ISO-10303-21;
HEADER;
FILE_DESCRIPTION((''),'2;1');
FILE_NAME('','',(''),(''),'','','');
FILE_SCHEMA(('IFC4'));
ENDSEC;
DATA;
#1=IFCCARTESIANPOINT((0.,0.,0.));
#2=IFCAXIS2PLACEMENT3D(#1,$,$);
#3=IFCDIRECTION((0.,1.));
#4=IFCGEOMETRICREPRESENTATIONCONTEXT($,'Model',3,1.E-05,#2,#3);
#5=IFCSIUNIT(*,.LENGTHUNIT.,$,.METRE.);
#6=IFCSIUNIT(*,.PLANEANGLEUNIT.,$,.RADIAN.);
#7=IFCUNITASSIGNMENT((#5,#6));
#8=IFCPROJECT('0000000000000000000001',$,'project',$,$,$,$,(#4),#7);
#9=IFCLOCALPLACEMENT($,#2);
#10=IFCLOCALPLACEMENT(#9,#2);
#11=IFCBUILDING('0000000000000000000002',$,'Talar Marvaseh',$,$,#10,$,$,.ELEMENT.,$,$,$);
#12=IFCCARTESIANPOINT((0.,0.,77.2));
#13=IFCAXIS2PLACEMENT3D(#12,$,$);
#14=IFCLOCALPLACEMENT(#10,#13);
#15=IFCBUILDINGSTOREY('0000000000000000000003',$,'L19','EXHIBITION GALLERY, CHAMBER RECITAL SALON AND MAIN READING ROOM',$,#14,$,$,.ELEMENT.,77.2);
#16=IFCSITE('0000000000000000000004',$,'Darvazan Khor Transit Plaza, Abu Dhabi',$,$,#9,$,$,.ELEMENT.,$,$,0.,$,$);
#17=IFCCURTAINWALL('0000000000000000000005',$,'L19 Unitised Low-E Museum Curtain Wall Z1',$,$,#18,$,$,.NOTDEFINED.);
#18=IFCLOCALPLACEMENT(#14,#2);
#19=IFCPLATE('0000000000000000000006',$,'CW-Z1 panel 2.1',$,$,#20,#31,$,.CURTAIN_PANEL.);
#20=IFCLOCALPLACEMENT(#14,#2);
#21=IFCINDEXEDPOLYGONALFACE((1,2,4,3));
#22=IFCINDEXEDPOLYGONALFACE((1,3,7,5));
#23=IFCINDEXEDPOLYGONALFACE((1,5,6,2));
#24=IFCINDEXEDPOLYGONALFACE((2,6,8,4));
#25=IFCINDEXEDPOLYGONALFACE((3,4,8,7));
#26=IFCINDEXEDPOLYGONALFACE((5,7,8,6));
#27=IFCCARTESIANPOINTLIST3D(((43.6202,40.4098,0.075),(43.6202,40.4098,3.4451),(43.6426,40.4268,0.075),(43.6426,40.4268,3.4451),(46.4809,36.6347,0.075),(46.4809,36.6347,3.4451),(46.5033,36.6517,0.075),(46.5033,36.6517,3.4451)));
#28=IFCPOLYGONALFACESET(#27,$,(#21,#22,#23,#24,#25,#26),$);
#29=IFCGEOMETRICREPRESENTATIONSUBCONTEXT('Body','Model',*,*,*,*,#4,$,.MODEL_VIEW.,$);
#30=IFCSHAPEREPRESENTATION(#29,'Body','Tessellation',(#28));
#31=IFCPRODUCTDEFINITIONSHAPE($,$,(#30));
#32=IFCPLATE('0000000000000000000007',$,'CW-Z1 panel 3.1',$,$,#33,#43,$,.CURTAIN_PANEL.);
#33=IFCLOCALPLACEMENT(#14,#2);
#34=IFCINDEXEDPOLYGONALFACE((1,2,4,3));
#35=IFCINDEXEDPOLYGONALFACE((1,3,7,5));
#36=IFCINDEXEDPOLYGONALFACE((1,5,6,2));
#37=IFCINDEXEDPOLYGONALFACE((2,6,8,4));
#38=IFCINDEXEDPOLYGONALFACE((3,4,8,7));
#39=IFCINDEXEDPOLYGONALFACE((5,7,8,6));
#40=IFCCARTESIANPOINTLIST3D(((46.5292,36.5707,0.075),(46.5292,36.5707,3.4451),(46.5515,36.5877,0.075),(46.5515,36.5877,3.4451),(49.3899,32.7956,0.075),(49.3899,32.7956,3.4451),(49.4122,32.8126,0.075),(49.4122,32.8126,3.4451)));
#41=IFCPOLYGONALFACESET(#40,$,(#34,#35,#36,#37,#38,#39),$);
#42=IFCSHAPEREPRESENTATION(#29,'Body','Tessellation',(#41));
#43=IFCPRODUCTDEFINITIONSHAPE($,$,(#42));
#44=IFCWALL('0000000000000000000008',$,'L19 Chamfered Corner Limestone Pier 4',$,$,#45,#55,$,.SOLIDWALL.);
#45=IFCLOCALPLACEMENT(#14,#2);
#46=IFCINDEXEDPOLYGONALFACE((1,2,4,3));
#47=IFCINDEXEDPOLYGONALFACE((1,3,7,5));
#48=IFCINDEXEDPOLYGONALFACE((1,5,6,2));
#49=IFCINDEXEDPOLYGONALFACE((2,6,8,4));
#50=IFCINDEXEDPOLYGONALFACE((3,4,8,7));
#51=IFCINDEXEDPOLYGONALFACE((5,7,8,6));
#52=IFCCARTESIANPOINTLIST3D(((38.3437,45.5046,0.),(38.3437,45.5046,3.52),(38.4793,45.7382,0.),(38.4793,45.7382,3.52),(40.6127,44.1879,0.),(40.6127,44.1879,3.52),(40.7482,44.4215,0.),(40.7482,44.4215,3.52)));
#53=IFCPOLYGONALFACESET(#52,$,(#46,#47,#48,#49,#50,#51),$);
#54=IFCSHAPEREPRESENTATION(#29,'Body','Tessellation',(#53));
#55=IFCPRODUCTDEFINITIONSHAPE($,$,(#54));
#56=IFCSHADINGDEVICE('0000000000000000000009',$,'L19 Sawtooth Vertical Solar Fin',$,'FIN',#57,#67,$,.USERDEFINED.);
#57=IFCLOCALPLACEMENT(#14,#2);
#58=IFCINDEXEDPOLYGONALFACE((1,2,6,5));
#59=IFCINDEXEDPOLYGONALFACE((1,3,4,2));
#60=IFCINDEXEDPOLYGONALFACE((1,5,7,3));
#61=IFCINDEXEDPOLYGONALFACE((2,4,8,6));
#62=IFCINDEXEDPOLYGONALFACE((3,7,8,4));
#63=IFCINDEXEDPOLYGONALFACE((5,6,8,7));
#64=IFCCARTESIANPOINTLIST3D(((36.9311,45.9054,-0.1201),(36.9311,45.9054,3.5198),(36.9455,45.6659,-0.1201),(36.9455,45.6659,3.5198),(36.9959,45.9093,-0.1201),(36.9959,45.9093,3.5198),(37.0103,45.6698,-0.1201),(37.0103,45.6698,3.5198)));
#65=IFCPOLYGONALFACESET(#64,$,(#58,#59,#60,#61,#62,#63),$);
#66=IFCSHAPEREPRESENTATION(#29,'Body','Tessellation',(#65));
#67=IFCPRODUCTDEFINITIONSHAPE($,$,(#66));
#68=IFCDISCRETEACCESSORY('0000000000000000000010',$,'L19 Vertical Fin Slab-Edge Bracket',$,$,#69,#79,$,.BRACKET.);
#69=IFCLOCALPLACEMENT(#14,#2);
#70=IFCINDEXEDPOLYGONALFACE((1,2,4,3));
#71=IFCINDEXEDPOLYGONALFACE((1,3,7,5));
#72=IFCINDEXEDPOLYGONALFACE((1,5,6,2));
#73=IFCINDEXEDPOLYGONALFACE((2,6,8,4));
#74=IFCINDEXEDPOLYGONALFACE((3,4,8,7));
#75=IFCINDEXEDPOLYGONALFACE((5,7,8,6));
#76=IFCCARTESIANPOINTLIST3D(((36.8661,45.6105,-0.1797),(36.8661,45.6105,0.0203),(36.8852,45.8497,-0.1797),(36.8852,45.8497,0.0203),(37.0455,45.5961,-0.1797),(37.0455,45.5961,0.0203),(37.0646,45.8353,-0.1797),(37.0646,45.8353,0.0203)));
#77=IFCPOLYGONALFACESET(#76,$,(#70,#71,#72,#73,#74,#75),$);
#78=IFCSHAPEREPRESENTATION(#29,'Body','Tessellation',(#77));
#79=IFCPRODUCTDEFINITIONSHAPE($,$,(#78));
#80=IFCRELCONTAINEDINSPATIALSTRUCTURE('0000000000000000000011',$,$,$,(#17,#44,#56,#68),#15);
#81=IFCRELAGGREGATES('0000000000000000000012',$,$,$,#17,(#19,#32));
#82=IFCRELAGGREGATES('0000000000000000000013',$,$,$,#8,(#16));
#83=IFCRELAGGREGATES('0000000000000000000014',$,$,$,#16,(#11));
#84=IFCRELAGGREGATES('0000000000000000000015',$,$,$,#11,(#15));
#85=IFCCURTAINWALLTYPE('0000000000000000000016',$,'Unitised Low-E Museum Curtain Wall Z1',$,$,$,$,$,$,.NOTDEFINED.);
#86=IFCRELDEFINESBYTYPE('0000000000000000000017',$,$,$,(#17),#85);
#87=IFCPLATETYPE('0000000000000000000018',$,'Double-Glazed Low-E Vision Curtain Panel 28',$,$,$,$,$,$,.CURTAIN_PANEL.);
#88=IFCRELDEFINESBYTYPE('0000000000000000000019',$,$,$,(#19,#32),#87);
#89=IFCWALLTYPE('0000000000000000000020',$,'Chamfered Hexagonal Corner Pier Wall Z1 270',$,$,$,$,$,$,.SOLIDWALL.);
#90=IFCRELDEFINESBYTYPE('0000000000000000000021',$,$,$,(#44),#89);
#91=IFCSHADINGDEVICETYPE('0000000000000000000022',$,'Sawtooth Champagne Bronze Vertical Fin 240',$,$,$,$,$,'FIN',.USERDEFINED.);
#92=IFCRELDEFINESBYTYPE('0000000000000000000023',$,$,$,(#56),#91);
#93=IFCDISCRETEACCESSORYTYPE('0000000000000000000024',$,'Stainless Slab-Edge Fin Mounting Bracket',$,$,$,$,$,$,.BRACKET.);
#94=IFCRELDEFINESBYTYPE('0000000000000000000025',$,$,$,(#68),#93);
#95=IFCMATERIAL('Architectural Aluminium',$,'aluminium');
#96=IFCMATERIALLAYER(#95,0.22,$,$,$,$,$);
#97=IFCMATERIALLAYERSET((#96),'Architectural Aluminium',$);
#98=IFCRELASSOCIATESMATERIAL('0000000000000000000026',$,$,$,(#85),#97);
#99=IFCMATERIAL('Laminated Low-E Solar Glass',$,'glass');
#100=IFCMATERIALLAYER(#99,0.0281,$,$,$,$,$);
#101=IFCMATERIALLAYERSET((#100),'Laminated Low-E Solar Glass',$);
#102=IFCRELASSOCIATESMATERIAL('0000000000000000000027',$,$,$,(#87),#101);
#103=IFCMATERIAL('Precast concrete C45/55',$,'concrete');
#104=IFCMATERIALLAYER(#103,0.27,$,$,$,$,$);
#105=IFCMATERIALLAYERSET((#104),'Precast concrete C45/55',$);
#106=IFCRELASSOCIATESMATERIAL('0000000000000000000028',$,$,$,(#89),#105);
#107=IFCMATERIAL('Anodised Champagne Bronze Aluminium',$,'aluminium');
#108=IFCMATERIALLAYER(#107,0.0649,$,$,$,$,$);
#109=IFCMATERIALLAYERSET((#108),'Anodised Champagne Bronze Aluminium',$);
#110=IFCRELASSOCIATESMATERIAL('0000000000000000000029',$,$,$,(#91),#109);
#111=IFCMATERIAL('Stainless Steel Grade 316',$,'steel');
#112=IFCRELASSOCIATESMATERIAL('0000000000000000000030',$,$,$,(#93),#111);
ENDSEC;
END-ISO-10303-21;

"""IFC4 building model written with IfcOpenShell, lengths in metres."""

from ifc_helpers import new_model, si_unit, direction, frame, frame_2d, origin, origin_2d, place, context, subcontext, project, spatial, rectangle, extrude, source, transform, mapped, material, layer, layer_set, type_object, type_shapes, element, aggregate, save


model = new_model("IFC4")

# Units and contexts
model_context = context("Model", 3, precision=1e-05, world=origin(), true_north=direction((0.0, 1.0)))
body_context = subcontext(model_context, "Body", "Model", "MODEL_VIEW")
ifc_project = project(units=[si_unit("LENGTHUNIT", "METRE"), si_unit("PLANEANGLEUNIT", "RADIAN")], contexts=[model_context])

# Site, building, storey
site_placement = place(None, origin())
site = spatial("IfcSite", under=ifc_project, at=site_placement, Name="Darvazan Khor Transit Plaza, Abu Dhabi", CompositionType="ELEMENT", RefElevation=0.0)
building_placement = place(site_placement, origin())
building = spatial("IfcBuilding", under=site, at=building_placement, Name="Talar Marvaseh", CompositionType="ELEMENT")
storey_placement = place(building_placement, frame((0.0, 0.0, 77.2)))
storey = spatial("IfcBuildingStorey", under=building, at=storey_placement, Name="L19", Description="EXHIBITION GALLERY, CHAMBER RECITAL SALON AND MAIN READING ROOM", CompositionType="ELEMENT", Elevation=77.2)

# Shared definitions
ifc_material_1 = material(Name="Architectural Aluminium", Category="aluminium")
ifc_layer_1 = layer(ifc_material_1, 0.22)
ifc_layer_set_1 = layer_set([ifc_layer_1], Name="Architectural Aluminium")
curtain_wall_type = type_object("IfcCurtainWallType", Name="Unitised Low-E Museum Curtain Wall Z1", PredefinedType="NOTDEFINED", material=ifc_layer_set_1)

# Curtain wall, plates
curtain_wall_1_placement = place(storey_placement, origin())
curtain_wall_1 = element("IfcCurtainWall", 1, at=curtain_wall_1_placement, inside=storey, type_object=curtain_wall_type, Name="L19 Unitised Low-E Museum Curtain Wall Z1", PredefinedType="NOTDEFINED")
ifc_material_2 = material(Name="Laminated Low-E Solar Glass", Category="glass")
ifc_layer_2 = layer(ifc_material_2, 0.0281)
ifc_layer_set_2 = layer_set([ifc_layer_2], Name="Laminated Low-E Solar Glass")
plate_type = type_object("IfcPlateType", Name="Double-Glazed Low-E Vision Curtain Panel 28", PredefinedType="CURTAIN_PANEL", material=ifc_layer_set_2)
shared_shape_1 = source(origin(), body_context, "Body", "SweptSolid", [
    extrude(rectangle(XDim=4.7366, YDim=0.0281, at=origin_2d()), origin(), (0.0, 0.0, 1.0), 3.3701),
])
plate_1_placement = place(storey_placement, frame((45.0618, 38.5308, 0.075), z_axis=(0.0, 0.0, 1.0), x_axis=(0.603959, -0.797015, 0.0)))
plate_1 = element("IfcPlate", 2, at=plate_1_placement, type_object=plate_type, Name="CW-Z1 panel 2.1", PredefinedType="CURTAIN_PANEL", context=body_context, shape_type="MappedRepresentation", body=[
    mapped(shared_shape_1, transform((0.0, 0.0, 0.0), x_axis=(1.0, 0.0, 0.0), y_axis=(0.0, 1.0, 0.0), z_axis=(0.0, 0.0, 1.0), scale=1.0)),
])
plate_2_placement = place(storey_placement, frame((47.9707, 34.6917, 0.075), z_axis=(0.0, 0.0, 1.0), x_axis=(0.603959, -0.797015, 0.0)))
plate_2 = element("IfcPlate", 3, at=plate_2_placement, type_object=plate_type, Name="CW-Z1 panel 3.1", PredefinedType="CURTAIN_PANEL", context=body_context, shape_type="MappedRepresentation", body=[
    mapped(shared_shape_1, transform((0.0, 0.0, 0.0), x_axis=(1.0, 0.0, 0.0), y_axis=(0.0, 1.0, 0.0), z_axis=(0.0, 0.0, 1.0), scale=1.0)),
])
aggregate(curtain_wall_1, [plate_1, plate_2])

# Wall
ifc_material_3 = material(Name="Precast concrete C45/55", Category="concrete")
ifc_layer_3 = layer(ifc_material_3, 0.27)
ifc_layer_set_3 = layer_set([ifc_layer_3], Name="Precast concrete C45/55")
wall_type = type_object("IfcWallType", Name="Chamfered Hexagonal Corner Pier Wall Z1 270", PredefinedType="SOLIDWALL", material=ifc_layer_set_3)
wall_placement = place(storey_placement, frame((38.4116, 45.6213, 0.0), z_axis=(0.0, 0.0, 1.0), x_axis=(0.864908, -0.501931, 0.0)))
element("IfcWall", 4, at=wall_placement, inside=storey, type_object=wall_type, Name="L19 Chamfered Corner Limestone Pier 4", PredefinedType="SOLIDWALL", context=body_context, shape_type="SweptSolid", body=[
    extrude(rectangle(XDim=2.6233, YDim=0.27, at=frame_2d((1.3115, 0.0))), origin(), (0.0, 0.0, 1.0), 3.52),
])

# Shading device
ifc_material_4 = material(Name="Anodised Champagne Bronze Aluminium", Category="aluminium")
ifc_layer_4 = layer(ifc_material_4, 0.0649)
ifc_layer_set_4 = layer_set([ifc_layer_4], Name="Anodised Champagne Bronze Aluminium")
shading_device_type = type_object("IfcShadingDeviceType", Name="Sawtooth Champagne Bronze Vertical Fin 240", ElementType="FIN", PredefinedType="USERDEFINED", material=ifc_layer_set_4)
shared_shape_2 = source(origin(), body_context, "Body", "SweptSolid", [
    extrude(rectangle(XDim=0.24, YDim=0.0649, at=origin_2d()), origin(), (0.0, 0.0, 1.0), 3.6399),
])
type_shapes(shading_device_type, [shared_shape_2])
shading_device_placement = place(storey_placement, frame((36.9707, 45.7876, -0.1201), z_axis=(0.0, 0.0, 1.0), x_axis=(-0.059829, 0.998209, 0.0)))
element("IfcShadingDevice", 5, at=shading_device_placement, inside=storey, type_object=shading_device_type, Name="L19 Sawtooth Vertical Solar Fin", ObjectType="FIN", PredefinedType="USERDEFINED", context=body_context, shape_type="MappedRepresentation", body=[
    mapped(shared_shape_2, transform((0.0, 0.0, 0.0), x_axis=(1.0, 0.0, 0.0), y_axis=(0.0, 1.0, 0.0), z_axis=(0.0, 0.0, 1.0), scale=1.0)),
])

# Discrete accessory
ifc_material_5 = material(Name="Stainless Steel Grade 316", Category="steel")
discrete_accessory_type = type_object("IfcDiscreteAccessoryType", Name="Stainless Slab-Edge Fin Mounting Bracket", PredefinedType="BRACKET", material=ifc_material_5)
shared_shape_3 = source(origin(), body_context, "Body", "SweptSolid", [
    extrude(rectangle(XDim=0.24, YDim=0.1799, at=origin_2d()), origin(), (0.0, 0.0, 1.0), 0.2),
])
type_shapes(discrete_accessory_type, [shared_shape_3])
discrete_accessory_placement = place(storey_placement, frame((36.9653, 45.7229, -0.1797), z_axis=(0.0, 0.0, 1.0), x_axis=(0.079677, 0.996821, 0.0)))
element("IfcDiscreteAccessory", 6, at=discrete_accessory_placement, inside=storey, type_object=discrete_accessory_type, Name="L19 Vertical Fin Slab-Edge Bracket", PredefinedType="BRACKET", context=body_context, shape_type="MappedRepresentation", body=[
    mapped(shared_shape_3, transform((0.0, 0.0, 0.0), x_axis=(1.0, 0.0, 0.0), y_axis=(0.0, 1.0, 0.0), z_axis=(0.0, 0.0, 1.0), scale=1.0)),
])

save(model, "model.ifc")
